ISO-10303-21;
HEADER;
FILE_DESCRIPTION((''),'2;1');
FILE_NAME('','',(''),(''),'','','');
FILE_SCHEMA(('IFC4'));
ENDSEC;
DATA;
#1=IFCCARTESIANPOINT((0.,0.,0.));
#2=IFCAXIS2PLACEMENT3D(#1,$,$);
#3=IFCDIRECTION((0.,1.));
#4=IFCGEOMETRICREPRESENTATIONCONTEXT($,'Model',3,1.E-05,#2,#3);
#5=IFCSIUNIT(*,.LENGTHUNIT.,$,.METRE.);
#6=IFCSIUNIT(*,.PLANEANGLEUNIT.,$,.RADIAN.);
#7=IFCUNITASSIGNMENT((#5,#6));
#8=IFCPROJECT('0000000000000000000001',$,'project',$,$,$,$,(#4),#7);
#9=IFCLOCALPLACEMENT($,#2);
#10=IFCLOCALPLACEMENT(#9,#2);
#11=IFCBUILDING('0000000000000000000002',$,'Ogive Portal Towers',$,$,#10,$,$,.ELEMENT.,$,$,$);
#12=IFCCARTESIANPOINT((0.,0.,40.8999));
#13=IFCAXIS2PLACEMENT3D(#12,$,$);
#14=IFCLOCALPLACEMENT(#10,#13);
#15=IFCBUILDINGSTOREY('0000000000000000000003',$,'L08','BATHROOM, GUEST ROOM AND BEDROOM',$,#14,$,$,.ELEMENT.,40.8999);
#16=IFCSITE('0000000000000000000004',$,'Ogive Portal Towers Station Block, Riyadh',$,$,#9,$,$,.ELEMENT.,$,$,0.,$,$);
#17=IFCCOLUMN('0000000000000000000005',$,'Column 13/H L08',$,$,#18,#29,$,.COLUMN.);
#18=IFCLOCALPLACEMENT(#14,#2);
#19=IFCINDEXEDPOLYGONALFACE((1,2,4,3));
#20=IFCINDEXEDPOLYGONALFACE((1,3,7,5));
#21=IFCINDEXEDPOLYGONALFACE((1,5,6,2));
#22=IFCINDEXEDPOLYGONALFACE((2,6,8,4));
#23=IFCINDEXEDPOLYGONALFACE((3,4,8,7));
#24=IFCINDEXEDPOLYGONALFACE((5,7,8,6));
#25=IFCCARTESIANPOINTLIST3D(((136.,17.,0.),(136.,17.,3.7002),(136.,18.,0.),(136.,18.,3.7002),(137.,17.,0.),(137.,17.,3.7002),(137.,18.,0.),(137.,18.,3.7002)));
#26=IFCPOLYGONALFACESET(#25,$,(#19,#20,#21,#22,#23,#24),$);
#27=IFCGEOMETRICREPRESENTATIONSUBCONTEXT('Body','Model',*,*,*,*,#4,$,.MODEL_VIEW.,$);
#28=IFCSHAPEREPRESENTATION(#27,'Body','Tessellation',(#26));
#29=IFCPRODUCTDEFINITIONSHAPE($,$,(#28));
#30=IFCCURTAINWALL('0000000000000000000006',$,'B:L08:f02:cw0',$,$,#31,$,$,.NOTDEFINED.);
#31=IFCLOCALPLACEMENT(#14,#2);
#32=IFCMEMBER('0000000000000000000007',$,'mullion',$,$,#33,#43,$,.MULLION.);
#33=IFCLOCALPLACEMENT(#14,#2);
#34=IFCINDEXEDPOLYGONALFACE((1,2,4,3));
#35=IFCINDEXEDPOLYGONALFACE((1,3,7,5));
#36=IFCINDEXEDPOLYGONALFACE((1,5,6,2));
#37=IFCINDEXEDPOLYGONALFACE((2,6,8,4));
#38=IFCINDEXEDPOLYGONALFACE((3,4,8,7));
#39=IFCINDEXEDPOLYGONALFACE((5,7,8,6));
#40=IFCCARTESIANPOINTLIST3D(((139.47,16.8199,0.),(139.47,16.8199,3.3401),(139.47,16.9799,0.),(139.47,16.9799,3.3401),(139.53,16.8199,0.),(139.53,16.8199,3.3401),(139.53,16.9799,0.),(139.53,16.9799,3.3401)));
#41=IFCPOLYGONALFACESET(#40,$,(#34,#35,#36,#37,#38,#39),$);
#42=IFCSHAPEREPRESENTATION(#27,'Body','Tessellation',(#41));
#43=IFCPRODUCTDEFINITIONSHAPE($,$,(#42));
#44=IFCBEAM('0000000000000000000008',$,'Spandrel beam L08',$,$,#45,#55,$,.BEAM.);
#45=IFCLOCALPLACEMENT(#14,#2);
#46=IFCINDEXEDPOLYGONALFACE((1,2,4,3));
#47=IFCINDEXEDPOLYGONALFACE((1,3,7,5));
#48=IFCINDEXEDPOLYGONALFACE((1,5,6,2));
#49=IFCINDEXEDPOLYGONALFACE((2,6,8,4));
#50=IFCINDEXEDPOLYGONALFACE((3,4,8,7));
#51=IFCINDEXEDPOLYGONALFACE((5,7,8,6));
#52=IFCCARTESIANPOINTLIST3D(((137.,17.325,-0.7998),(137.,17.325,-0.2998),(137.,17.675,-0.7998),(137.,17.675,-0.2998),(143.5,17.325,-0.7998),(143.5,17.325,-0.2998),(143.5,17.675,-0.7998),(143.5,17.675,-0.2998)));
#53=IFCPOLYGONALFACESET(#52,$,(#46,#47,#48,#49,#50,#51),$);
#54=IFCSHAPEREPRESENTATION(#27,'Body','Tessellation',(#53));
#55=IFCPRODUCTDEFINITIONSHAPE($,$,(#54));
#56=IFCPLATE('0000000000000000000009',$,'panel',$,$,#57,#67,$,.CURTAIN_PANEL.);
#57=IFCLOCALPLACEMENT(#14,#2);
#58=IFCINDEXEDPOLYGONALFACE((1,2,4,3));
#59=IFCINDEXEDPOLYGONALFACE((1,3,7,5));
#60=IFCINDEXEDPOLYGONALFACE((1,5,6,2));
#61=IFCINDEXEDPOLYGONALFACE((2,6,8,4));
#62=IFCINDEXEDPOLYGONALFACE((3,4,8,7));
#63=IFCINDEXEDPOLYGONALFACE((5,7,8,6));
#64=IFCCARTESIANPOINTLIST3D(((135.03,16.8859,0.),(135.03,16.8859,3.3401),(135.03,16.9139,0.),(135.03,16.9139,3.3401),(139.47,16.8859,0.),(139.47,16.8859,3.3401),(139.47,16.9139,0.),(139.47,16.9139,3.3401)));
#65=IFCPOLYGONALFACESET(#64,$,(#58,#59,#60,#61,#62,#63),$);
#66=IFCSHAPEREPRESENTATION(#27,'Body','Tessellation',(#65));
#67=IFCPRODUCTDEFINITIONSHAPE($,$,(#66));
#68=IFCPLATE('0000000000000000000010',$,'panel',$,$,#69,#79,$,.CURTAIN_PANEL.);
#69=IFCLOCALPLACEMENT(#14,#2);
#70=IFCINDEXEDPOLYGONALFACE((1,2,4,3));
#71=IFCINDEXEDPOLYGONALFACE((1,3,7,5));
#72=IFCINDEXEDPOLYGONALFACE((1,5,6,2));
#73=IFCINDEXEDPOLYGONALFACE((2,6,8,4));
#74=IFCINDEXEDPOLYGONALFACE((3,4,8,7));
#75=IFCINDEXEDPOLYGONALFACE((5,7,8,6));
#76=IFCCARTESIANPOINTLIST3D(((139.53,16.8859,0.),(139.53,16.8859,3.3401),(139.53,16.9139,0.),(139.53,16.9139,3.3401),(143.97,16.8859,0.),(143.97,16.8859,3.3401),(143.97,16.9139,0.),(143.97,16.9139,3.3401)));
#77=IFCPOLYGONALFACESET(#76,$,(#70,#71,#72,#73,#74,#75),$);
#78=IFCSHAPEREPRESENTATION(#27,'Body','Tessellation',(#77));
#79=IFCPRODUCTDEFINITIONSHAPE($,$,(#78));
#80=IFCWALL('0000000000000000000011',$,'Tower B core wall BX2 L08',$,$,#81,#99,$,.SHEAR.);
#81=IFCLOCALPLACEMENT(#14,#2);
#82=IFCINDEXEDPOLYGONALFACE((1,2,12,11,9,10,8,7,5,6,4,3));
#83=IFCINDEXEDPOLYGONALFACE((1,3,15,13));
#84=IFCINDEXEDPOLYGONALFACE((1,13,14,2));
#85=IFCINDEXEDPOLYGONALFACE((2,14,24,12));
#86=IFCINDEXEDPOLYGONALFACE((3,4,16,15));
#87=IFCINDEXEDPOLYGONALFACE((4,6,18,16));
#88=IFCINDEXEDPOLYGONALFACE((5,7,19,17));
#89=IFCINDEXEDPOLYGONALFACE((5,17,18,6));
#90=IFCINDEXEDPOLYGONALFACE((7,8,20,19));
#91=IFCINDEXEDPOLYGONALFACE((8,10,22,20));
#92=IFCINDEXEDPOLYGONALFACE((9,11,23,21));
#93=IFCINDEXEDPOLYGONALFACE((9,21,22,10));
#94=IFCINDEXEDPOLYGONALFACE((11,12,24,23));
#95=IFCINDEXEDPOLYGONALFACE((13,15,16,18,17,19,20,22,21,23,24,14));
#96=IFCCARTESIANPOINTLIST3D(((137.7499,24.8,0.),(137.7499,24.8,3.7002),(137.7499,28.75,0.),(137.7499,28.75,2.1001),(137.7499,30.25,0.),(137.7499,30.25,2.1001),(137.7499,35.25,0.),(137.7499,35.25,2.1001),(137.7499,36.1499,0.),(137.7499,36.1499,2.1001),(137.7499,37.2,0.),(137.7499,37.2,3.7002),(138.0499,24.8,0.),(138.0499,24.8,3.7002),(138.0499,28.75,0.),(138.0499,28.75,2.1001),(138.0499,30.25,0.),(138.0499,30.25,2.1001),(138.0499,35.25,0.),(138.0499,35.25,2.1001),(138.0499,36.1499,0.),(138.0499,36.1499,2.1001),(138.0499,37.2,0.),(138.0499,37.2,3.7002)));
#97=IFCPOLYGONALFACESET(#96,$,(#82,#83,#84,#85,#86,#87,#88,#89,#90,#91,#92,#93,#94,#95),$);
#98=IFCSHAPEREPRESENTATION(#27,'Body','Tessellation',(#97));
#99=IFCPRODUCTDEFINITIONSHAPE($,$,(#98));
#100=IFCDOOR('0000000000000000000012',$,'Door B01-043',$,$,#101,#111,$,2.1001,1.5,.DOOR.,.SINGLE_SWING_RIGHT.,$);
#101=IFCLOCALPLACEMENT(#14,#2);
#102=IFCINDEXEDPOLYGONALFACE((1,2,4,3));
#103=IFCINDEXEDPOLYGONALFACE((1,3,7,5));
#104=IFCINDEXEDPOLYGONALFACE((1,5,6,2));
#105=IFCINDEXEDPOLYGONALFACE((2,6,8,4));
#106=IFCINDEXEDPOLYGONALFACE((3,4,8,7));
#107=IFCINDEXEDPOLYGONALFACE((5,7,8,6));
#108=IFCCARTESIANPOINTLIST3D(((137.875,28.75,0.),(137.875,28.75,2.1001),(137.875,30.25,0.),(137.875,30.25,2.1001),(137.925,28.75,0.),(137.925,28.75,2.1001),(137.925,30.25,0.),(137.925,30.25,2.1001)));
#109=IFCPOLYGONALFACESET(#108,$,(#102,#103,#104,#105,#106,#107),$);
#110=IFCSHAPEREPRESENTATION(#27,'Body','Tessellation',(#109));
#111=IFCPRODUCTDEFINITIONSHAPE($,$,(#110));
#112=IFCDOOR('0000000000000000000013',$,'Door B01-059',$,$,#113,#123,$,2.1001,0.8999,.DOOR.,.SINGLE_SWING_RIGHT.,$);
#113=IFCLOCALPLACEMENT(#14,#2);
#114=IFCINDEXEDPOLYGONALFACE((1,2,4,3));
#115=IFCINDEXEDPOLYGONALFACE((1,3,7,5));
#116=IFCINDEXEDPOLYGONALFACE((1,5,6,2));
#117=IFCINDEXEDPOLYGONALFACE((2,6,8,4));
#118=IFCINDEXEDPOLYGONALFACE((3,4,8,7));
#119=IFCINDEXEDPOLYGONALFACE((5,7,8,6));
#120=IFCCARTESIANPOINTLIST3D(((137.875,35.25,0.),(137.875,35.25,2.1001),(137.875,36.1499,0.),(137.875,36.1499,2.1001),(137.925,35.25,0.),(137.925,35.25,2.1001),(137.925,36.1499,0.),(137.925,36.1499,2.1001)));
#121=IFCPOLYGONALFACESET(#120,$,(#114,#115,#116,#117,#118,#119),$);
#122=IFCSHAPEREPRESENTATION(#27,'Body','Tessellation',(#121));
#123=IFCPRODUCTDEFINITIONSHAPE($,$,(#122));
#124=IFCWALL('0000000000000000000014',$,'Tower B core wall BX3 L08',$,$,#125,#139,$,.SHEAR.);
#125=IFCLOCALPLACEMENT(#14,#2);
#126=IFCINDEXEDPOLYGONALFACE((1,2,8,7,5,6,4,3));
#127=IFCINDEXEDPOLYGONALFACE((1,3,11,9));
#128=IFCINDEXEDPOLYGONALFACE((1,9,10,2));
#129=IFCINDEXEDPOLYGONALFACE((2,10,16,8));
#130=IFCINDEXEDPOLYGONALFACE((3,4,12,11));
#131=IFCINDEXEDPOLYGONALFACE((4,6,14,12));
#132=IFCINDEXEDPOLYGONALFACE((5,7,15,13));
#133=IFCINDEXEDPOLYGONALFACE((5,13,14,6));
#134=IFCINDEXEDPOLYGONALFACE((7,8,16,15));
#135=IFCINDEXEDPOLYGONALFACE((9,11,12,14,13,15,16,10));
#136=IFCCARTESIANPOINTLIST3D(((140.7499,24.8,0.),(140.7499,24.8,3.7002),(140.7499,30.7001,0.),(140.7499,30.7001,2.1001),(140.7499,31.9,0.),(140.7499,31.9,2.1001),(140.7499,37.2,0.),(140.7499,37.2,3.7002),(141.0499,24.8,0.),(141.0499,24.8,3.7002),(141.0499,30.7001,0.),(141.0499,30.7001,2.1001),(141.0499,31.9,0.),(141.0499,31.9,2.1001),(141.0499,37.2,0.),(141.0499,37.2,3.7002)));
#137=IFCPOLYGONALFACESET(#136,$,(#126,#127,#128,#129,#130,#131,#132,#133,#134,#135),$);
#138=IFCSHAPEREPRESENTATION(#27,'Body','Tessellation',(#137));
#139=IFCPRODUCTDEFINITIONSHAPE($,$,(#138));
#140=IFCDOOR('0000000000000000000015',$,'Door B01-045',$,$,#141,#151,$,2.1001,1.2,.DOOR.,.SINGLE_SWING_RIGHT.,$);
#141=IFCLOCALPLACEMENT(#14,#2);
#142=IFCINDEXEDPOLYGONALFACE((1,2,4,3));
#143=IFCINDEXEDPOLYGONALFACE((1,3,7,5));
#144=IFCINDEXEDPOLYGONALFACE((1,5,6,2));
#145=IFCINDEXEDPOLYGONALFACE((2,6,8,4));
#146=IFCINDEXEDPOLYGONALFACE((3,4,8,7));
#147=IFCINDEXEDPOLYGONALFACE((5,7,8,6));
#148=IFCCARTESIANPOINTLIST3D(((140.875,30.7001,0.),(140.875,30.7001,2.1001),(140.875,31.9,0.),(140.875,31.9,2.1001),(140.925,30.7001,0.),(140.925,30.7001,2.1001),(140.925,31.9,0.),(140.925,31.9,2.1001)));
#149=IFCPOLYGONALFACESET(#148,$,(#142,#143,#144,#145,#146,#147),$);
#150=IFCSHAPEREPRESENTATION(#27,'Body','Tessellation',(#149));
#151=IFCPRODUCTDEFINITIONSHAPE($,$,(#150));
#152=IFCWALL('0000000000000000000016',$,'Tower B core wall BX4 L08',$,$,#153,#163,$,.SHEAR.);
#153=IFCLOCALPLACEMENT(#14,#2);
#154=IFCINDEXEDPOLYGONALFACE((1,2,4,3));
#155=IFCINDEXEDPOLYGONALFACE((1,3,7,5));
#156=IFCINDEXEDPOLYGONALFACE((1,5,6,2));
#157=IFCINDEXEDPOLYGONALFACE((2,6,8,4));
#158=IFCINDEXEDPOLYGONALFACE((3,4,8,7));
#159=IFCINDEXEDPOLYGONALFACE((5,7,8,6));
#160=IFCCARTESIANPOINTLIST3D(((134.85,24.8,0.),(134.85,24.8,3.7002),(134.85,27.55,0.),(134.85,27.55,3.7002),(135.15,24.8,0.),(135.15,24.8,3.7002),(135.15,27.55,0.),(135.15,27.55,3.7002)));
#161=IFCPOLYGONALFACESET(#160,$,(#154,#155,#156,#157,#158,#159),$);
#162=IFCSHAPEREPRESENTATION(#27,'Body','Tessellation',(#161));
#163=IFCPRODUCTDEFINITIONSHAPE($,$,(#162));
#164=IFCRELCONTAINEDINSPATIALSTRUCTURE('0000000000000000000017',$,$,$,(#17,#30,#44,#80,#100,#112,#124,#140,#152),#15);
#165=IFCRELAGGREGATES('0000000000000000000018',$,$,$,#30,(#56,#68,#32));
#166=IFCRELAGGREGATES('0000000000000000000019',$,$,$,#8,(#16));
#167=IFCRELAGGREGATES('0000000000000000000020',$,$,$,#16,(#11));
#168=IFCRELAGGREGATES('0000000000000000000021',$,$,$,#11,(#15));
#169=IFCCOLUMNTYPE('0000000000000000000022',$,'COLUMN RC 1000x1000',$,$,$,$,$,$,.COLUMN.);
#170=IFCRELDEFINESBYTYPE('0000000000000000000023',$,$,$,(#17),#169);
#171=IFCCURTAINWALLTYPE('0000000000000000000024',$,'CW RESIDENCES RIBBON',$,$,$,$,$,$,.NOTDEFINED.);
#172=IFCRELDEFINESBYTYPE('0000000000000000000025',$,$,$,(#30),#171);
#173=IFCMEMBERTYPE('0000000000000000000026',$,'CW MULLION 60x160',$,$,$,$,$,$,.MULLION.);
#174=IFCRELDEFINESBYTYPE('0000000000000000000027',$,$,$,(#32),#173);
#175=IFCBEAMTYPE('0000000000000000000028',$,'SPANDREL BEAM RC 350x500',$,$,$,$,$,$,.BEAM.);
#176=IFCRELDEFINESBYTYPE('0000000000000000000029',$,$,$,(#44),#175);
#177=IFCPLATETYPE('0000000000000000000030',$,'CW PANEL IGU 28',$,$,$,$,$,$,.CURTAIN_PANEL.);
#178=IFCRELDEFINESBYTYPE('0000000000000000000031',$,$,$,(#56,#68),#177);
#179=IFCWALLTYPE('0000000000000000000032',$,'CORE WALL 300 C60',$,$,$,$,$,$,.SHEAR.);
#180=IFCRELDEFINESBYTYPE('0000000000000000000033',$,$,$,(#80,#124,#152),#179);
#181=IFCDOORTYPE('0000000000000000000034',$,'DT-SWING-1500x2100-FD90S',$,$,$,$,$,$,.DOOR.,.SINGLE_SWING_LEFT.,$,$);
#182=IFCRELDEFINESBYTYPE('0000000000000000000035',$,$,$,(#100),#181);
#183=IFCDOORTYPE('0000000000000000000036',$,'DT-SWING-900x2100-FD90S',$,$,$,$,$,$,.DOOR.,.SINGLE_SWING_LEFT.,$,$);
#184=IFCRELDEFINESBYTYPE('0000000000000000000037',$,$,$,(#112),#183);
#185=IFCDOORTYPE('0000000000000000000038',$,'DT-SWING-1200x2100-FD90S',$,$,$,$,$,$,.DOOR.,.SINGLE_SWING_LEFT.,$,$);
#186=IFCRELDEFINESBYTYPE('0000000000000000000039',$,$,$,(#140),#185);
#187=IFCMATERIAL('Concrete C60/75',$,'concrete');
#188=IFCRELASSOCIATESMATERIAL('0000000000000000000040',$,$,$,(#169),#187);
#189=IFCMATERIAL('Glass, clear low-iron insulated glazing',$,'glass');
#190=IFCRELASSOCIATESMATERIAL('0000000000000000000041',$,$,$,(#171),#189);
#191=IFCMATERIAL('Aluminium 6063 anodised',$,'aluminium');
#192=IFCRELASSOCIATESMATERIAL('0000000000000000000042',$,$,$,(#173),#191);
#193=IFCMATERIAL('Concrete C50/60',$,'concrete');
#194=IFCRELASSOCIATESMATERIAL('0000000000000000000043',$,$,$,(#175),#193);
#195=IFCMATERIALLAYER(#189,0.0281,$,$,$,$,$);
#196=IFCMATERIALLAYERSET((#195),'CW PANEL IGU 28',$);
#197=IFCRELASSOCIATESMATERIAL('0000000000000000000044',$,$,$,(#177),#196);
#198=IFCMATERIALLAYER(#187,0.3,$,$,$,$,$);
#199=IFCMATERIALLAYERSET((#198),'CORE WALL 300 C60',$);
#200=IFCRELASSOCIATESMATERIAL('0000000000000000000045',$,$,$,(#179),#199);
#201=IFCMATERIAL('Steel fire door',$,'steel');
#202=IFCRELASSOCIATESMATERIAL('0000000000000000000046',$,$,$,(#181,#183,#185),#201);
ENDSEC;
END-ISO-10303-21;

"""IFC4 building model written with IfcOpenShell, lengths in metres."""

from ifc_helpers import new_model, si_unit, direction, frame, frame_2d, origin, origin_2d, place, context, subcontext, project, spatial, rectangle, extrude, material, layer, layer_set, material_profile, profile_set, type_object, element, fill, aggregate, save


model = new_model("IFC4")

# Units and contexts
model_context = context("Model", 3, precision=1e-05, world=origin(), true_north=direction((0.0, 1.0)))
body_context = subcontext(model_context, "Body", "Model", "MODEL_VIEW")
ifc_project = project(units=[si_unit("LENGTHUNIT", "METRE"), si_unit("PLANEANGLEUNIT", "RADIAN")], contexts=[model_context])

# Site, building, storey
site_placement = place(None, origin())
site = spatial("IfcSite", under=ifc_project, at=site_placement, Name="Ogive Portal Towers Station Block, Riyadh", CompositionType="ELEMENT", RefElevation=0.0)
building_placement = place(site_placement, origin())
building = spatial("IfcBuilding", under=site, at=building_placement, Name="Ogive Portal Towers", CompositionType="ELEMENT")
storey_placement = place(building_placement, frame((0.0, 0.0, 40.8999)))
storey = spatial("IfcBuildingStorey", under=building, at=storey_placement, Name="L08", Description="BATHROOM, GUEST ROOM AND BEDROOM", CompositionType="ELEMENT", Elevation=40.8999)

# Column
ifc_material_1 = material(Name="Concrete C60/75", Category="concrete")
ifc_material_profile_1 = material_profile(ifc_material_1, rectangle(XDim=1.0, YDim=1.0, at=origin_2d()), Name="RC 1000x1000")
ifc_profile_set_1 = profile_set([ifc_material_profile_1], Name="Concrete C60/75")
column_type = type_object("IfcColumnType", Name="COLUMN RC 1000x1000", PredefinedType="COLUMN", material=ifc_profile_set_1)
column_placement = place(storey_placement, frame((136.5, 17.5, 0.0), z_axis=(0.0, 0.0, 1.0), x_axis=(1.0, 0.0, 0.0)))
element("IfcColumn", 1, at=column_placement, inside=storey, type_object=column_type, Name="Column 13/H L08", PredefinedType="COLUMN", context=body_context, shape_type="SweptSolid", body=[
    extrude(rectangle(XDim=1.0, YDim=1.0, at=origin_2d()), origin(), (0.0, 0.0, 1.0), 3.7002),
])

# Curtain wall, member
ifc_material_2 = material(Name="Glass, clear low-iron insulated glazing", Category="glass")
curtain_wall_type = type_object("IfcCurtainWallType", Name="CW RESIDENCES RIBBON", PredefinedType="NOTDEFINED", material=ifc_material_2)
curtain_wall_placement = place(storey_placement, origin())
curtain_wall = element("IfcCurtainWall", 2, at=curtain_wall_placement, inside=storey, type_object=curtain_wall_type, Name="B:L08:f02:cw0", PredefinedType="NOTDEFINED")
ifc_material_3 = material(Name="Aluminium 6063 anodised", Category="aluminium")
ifc_material_profile_2 = material_profile(ifc_material_3, rectangle(XDim=0.1599, YDim=0.0601, at=origin_2d()), Name="AL 60x160")
ifc_profile_set_2 = profile_set([ifc_material_profile_2], Name="Aluminium 6063 anodised")
member_type = type_object("IfcMemberType", Name="CW MULLION 60x160", PredefinedType="MULLION", material=ifc_profile_set_2)
member_placement = place(storey_placement, frame((139.5, 16.8999, 0.0), z_axis=(0.0, 0.0, 1.0), x_axis=(0.0, 1.0, 0.0)))
member = element("IfcMember", 3, at=member_placement, type_object=member_type, Name="mullion", PredefinedType="MULLION", context=body_context, shape_type="SweptSolid", body=[
    extrude(rectangle(XDim=0.1599, YDim=0.0601, at=origin_2d()), origin(), (0.0, 0.0, 1.0), 3.3401),
])

# Beam
ifc_material_4 = material(Name="Concrete C50/60", Category="concrete")
ifc_material_profile_3 = material_profile(ifc_material_4, rectangle(XDim=0.3501, YDim=0.5, at=origin_2d()), Name="RC 350x500")
ifc_profile_set_3 = profile_set([ifc_material_profile_3], Name="Concrete C50/60")
beam_type = type_object("IfcBeamType", Name="SPANDREL BEAM RC 350x500", PredefinedType="BEAM", material=ifc_profile_set_3)
beam_placement = place(storey_placement, frame((137.0, 17.5, -0.5498), z_axis=(1.0, 0.0, 0.0), x_axis=(0.0, 1.0, 0.0)))
element("IfcBeam", 4, at=beam_placement, inside=storey, type_object=beam_type, Name="Spandrel beam L08", PredefinedType="BEAM", context=body_context, shape_type="SweptSolid", body=[
    extrude(rectangle(XDim=0.3501, YDim=0.5, at=origin_2d()), origin(), (0.0, 0.0, 1.0), 6.5),
])

# Plates
ifc_layer_1 = layer(ifc_material_2, 0.0281)
ifc_layer_set_1 = layer_set([ifc_layer_1], Name="CW PANEL IGU 28")
plate_type = type_object("IfcPlateType", Name="CW PANEL IGU 28", PredefinedType="CURTAIN_PANEL", material=ifc_layer_set_1)
plate_1_placement = place(storey_placement, frame((137.25, 16.8999, 0.0), z_axis=(0.0, 0.0, 1.0), x_axis=(1.0, 0.0, 0.0)))
plate_1 = element("IfcPlate", 5, at=plate_1_placement, type_object=plate_type, Name="panel", PredefinedType="CURTAIN_PANEL", context=body_context, shape_type="SweptSolid", body=[
    extrude(rectangle(XDim=4.4399, YDim=0.0281, at=origin_2d()), origin(), (0.0, 0.0, 1.0), 3.3401),
])
plate_2_placement = place(storey_placement, frame((141.75, 16.8999, 0.0), z_axis=(0.0, 0.0, 1.0), x_axis=(1.0, 0.0, 0.0)))
plate_2 = element("IfcPlate", 6, at=plate_2_placement, type_object=plate_type, Name="panel", PredefinedType="CURTAIN_PANEL", context=body_context, shape_type="SweptSolid", body=[
    extrude(rectangle(XDim=4.4399, YDim=0.0281, at=origin_2d()), origin(), (0.0, 0.0, 1.0), 3.3401),
])
aggregate(curtain_wall, [plate_1, plate_2, member])

# Wall, openings, doors
ifc_layer_2 = layer(ifc_material_1, 0.3)
ifc_layer_set_2 = layer_set([ifc_layer_2], Name="CORE WALL 300 C60")
wall_type_1 = type_object("IfcWallType", Name="CORE WALL 300 C60", PredefinedType="SHEAR", material=ifc_layer_set_2)
wall_1_placement = place(storey_placement, frame((137.8999, 24.8, 0.0), z_axis=(0.0, 0.0, 1.0), x_axis=(0.0, 1.0, 0.0)))
wall_1 = element("IfcWall", 7, at=wall_1_placement, inside=storey, type_object=wall_type_1, Name="Tower B core wall BX2 L08", PredefinedType="SHEAR", context=body_context, shape_type="SweptSolid", body=[
    extrude(rectangle(XDim=12.3999, YDim=0.3, at=frame_2d((6.2, 0.0))), origin(), (0.0, 0.0, 1.0), 3.7002),
])
opening_1_placement = place(wall_1_placement, frame((3.95, 0.0, 0.0)))
opening_1 = element("IfcOpeningElement", 8, at=opening_1_placement, cuts=wall_1, PredefinedType="OPENING", context=body_context, shape_type="SweptSolid", body=[
    extrude(rectangle(XDim=1.5, YDim=2.1001, at=frame_2d((0.75, 1.05))), frame((0.0, 0.1602, 0.0), z_axis=(0.0, -1.0, 0.0), x_axis=(1.0, 0.0, 0.0)), (0.0, 0.0, 1.0), 0.3201),
])
opening_2_placement = place(wall_1_placement, frame((10.45, 0.0, 0.0)))
opening_2 = element("IfcOpeningElement", 9, at=opening_2_placement, cuts=wall_1, PredefinedType="OPENING", context=body_context, shape_type="SweptSolid", body=[
    extrude(rectangle(XDim=0.8999, YDim=2.1001, at=frame_2d((0.45, 1.05))), frame((0.0, 0.1602, 0.0), z_axis=(0.0, -1.0, 0.0), x_axis=(1.0, 0.0, 0.0)), (0.0, 0.0, 1.0), 0.3201),
])
ifc_material_5 = material(Name="Steel fire door", Category="steel")
door_type_1 = type_object("IfcDoorType", Name="DT-SWING-1500x2100-FD90S", OperationType="SINGLE_SWING_LEFT", PredefinedType="DOOR", material=ifc_material_5)
door_1_placement = place(opening_1_placement, origin())
door_1 = element("IfcDoor", 10, at=door_1_placement, inside=storey, type_object=door_type_1, Name="Door B01-043", OperationType="SINGLE_SWING_RIGHT", OverallHeight=2.1001, OverallWidth=1.5, PredefinedType="DOOR", context=body_context, shape_type="SweptSolid", body=[
    extrude(rectangle(XDim=1.5, YDim=2.1001, at=frame_2d((0.75, 1.05))), frame((0.0, 0.0249, 0.0), z_axis=(0.0, -1.0, 0.0), x_axis=(1.0, 0.0, 0.0)), (0.0, 0.0, 1.0), 0.05),
])
fill(opening_1, door_1)
door_type_2 = type_object("IfcDoorType", Name="DT-SWING-900x2100-FD90S", OperationType="SINGLE_SWING_LEFT", PredefinedType="DOOR", material=ifc_material_5)
door_2_placement = place(opening_2_placement, origin())
door_2 = element("IfcDoor", 11, at=door_2_placement, inside=storey, type_object=door_type_2, Name="Door B01-059", OperationType="SINGLE_SWING_RIGHT", OverallHeight=2.1001, OverallWidth=0.8999, PredefinedType="DOOR", context=body_context, shape_type="SweptSolid", body=[
    extrude(rectangle(XDim=0.8999, YDim=2.1001, at=frame_2d((0.45, 1.05))), frame((0.0, 0.0249, 0.0), z_axis=(0.0, -1.0, 0.0), x_axis=(1.0, 0.0, 0.0)), (0.0, 0.0, 1.0), 0.05),
])
fill(opening_2, door_2)

# Wall, opening, door
wall_2_placement = place(storey_placement, frame((140.8999, 24.8, 0.0), z_axis=(0.0, 0.0, 1.0), x_axis=(0.0, 1.0, 0.0)))
wall_2 = element("IfcWall", 12, at=wall_2_placement, inside=storey, type_object=wall_type_1, Name="Tower B core wall BX3 L08", PredefinedType="SHEAR", context=body_context, shape_type="SweptSolid", body=[
    extrude(rectangle(XDim=12.3999, YDim=0.3, at=frame_2d((6.2, 0.0))), origin(), (0.0, 0.0, 1.0), 3.7002),
])
opening_3_placement = place(wall_2_placement, frame((5.8999, 0.0, 0.0)))
opening_3 = element("IfcOpeningElement", 13, at=opening_3_placement, cuts=wall_2, PredefinedType="OPENING", context=body_context, shape_type="SweptSolid", body=[
    extrude(rectangle(XDim=1.2, YDim=2.1001, at=frame_2d((0.6001, 1.05))), frame((0.0, 0.1602, 0.0), z_axis=(0.0, -1.0, 0.0), x_axis=(1.0, 0.0, 0.0)), (0.0, 0.0, 1.0), 0.3201),
])
door_type_3 = type_object("IfcDoorType", Name="DT-SWING-1200x2100-FD90S", OperationType="SINGLE_SWING_LEFT", PredefinedType="DOOR", material=ifc_material_5)
door_3_placement = place(opening_3_placement, origin())
door_3 = element("IfcDoor", 14, at=door_3_placement, inside=storey, type_object=door_type_3, Name="Door B01-045", OperationType="SINGLE_SWING_RIGHT", OverallHeight=2.1001, OverallWidth=1.2, PredefinedType="DOOR", context=body_context, shape_type="SweptSolid", body=[
    extrude(rectangle(XDim=1.2, YDim=2.1001, at=frame_2d((0.6001, 1.05))), frame((0.0, 0.0249, 0.0), z_axis=(0.0, -1.0, 0.0), x_axis=(1.0, 0.0, 0.0)), (0.0, 0.0, 1.0), 0.05),
])
fill(opening_3, door_3)

# Wall
wall_3_placement = place(storey_placement, frame((135.0, 24.8, 0.0), z_axis=(0.0, 0.0, 1.0), x_axis=(0.0, 1.0, 0.0)))
element("IfcWall", 15, at=wall_3_placement, inside=storey, type_object=wall_type_1, Name="Tower B core wall BX4 L08", PredefinedType="SHEAR", context=body_context, shape_type="SweptSolid", body=[
    extrude(rectangle(XDim=2.75, YDim=0.3, at=frame_2d((1.375, 0.0))), origin(), (0.0, 0.0, 1.0), 3.7002),
])

save(model, "model.ifc")
